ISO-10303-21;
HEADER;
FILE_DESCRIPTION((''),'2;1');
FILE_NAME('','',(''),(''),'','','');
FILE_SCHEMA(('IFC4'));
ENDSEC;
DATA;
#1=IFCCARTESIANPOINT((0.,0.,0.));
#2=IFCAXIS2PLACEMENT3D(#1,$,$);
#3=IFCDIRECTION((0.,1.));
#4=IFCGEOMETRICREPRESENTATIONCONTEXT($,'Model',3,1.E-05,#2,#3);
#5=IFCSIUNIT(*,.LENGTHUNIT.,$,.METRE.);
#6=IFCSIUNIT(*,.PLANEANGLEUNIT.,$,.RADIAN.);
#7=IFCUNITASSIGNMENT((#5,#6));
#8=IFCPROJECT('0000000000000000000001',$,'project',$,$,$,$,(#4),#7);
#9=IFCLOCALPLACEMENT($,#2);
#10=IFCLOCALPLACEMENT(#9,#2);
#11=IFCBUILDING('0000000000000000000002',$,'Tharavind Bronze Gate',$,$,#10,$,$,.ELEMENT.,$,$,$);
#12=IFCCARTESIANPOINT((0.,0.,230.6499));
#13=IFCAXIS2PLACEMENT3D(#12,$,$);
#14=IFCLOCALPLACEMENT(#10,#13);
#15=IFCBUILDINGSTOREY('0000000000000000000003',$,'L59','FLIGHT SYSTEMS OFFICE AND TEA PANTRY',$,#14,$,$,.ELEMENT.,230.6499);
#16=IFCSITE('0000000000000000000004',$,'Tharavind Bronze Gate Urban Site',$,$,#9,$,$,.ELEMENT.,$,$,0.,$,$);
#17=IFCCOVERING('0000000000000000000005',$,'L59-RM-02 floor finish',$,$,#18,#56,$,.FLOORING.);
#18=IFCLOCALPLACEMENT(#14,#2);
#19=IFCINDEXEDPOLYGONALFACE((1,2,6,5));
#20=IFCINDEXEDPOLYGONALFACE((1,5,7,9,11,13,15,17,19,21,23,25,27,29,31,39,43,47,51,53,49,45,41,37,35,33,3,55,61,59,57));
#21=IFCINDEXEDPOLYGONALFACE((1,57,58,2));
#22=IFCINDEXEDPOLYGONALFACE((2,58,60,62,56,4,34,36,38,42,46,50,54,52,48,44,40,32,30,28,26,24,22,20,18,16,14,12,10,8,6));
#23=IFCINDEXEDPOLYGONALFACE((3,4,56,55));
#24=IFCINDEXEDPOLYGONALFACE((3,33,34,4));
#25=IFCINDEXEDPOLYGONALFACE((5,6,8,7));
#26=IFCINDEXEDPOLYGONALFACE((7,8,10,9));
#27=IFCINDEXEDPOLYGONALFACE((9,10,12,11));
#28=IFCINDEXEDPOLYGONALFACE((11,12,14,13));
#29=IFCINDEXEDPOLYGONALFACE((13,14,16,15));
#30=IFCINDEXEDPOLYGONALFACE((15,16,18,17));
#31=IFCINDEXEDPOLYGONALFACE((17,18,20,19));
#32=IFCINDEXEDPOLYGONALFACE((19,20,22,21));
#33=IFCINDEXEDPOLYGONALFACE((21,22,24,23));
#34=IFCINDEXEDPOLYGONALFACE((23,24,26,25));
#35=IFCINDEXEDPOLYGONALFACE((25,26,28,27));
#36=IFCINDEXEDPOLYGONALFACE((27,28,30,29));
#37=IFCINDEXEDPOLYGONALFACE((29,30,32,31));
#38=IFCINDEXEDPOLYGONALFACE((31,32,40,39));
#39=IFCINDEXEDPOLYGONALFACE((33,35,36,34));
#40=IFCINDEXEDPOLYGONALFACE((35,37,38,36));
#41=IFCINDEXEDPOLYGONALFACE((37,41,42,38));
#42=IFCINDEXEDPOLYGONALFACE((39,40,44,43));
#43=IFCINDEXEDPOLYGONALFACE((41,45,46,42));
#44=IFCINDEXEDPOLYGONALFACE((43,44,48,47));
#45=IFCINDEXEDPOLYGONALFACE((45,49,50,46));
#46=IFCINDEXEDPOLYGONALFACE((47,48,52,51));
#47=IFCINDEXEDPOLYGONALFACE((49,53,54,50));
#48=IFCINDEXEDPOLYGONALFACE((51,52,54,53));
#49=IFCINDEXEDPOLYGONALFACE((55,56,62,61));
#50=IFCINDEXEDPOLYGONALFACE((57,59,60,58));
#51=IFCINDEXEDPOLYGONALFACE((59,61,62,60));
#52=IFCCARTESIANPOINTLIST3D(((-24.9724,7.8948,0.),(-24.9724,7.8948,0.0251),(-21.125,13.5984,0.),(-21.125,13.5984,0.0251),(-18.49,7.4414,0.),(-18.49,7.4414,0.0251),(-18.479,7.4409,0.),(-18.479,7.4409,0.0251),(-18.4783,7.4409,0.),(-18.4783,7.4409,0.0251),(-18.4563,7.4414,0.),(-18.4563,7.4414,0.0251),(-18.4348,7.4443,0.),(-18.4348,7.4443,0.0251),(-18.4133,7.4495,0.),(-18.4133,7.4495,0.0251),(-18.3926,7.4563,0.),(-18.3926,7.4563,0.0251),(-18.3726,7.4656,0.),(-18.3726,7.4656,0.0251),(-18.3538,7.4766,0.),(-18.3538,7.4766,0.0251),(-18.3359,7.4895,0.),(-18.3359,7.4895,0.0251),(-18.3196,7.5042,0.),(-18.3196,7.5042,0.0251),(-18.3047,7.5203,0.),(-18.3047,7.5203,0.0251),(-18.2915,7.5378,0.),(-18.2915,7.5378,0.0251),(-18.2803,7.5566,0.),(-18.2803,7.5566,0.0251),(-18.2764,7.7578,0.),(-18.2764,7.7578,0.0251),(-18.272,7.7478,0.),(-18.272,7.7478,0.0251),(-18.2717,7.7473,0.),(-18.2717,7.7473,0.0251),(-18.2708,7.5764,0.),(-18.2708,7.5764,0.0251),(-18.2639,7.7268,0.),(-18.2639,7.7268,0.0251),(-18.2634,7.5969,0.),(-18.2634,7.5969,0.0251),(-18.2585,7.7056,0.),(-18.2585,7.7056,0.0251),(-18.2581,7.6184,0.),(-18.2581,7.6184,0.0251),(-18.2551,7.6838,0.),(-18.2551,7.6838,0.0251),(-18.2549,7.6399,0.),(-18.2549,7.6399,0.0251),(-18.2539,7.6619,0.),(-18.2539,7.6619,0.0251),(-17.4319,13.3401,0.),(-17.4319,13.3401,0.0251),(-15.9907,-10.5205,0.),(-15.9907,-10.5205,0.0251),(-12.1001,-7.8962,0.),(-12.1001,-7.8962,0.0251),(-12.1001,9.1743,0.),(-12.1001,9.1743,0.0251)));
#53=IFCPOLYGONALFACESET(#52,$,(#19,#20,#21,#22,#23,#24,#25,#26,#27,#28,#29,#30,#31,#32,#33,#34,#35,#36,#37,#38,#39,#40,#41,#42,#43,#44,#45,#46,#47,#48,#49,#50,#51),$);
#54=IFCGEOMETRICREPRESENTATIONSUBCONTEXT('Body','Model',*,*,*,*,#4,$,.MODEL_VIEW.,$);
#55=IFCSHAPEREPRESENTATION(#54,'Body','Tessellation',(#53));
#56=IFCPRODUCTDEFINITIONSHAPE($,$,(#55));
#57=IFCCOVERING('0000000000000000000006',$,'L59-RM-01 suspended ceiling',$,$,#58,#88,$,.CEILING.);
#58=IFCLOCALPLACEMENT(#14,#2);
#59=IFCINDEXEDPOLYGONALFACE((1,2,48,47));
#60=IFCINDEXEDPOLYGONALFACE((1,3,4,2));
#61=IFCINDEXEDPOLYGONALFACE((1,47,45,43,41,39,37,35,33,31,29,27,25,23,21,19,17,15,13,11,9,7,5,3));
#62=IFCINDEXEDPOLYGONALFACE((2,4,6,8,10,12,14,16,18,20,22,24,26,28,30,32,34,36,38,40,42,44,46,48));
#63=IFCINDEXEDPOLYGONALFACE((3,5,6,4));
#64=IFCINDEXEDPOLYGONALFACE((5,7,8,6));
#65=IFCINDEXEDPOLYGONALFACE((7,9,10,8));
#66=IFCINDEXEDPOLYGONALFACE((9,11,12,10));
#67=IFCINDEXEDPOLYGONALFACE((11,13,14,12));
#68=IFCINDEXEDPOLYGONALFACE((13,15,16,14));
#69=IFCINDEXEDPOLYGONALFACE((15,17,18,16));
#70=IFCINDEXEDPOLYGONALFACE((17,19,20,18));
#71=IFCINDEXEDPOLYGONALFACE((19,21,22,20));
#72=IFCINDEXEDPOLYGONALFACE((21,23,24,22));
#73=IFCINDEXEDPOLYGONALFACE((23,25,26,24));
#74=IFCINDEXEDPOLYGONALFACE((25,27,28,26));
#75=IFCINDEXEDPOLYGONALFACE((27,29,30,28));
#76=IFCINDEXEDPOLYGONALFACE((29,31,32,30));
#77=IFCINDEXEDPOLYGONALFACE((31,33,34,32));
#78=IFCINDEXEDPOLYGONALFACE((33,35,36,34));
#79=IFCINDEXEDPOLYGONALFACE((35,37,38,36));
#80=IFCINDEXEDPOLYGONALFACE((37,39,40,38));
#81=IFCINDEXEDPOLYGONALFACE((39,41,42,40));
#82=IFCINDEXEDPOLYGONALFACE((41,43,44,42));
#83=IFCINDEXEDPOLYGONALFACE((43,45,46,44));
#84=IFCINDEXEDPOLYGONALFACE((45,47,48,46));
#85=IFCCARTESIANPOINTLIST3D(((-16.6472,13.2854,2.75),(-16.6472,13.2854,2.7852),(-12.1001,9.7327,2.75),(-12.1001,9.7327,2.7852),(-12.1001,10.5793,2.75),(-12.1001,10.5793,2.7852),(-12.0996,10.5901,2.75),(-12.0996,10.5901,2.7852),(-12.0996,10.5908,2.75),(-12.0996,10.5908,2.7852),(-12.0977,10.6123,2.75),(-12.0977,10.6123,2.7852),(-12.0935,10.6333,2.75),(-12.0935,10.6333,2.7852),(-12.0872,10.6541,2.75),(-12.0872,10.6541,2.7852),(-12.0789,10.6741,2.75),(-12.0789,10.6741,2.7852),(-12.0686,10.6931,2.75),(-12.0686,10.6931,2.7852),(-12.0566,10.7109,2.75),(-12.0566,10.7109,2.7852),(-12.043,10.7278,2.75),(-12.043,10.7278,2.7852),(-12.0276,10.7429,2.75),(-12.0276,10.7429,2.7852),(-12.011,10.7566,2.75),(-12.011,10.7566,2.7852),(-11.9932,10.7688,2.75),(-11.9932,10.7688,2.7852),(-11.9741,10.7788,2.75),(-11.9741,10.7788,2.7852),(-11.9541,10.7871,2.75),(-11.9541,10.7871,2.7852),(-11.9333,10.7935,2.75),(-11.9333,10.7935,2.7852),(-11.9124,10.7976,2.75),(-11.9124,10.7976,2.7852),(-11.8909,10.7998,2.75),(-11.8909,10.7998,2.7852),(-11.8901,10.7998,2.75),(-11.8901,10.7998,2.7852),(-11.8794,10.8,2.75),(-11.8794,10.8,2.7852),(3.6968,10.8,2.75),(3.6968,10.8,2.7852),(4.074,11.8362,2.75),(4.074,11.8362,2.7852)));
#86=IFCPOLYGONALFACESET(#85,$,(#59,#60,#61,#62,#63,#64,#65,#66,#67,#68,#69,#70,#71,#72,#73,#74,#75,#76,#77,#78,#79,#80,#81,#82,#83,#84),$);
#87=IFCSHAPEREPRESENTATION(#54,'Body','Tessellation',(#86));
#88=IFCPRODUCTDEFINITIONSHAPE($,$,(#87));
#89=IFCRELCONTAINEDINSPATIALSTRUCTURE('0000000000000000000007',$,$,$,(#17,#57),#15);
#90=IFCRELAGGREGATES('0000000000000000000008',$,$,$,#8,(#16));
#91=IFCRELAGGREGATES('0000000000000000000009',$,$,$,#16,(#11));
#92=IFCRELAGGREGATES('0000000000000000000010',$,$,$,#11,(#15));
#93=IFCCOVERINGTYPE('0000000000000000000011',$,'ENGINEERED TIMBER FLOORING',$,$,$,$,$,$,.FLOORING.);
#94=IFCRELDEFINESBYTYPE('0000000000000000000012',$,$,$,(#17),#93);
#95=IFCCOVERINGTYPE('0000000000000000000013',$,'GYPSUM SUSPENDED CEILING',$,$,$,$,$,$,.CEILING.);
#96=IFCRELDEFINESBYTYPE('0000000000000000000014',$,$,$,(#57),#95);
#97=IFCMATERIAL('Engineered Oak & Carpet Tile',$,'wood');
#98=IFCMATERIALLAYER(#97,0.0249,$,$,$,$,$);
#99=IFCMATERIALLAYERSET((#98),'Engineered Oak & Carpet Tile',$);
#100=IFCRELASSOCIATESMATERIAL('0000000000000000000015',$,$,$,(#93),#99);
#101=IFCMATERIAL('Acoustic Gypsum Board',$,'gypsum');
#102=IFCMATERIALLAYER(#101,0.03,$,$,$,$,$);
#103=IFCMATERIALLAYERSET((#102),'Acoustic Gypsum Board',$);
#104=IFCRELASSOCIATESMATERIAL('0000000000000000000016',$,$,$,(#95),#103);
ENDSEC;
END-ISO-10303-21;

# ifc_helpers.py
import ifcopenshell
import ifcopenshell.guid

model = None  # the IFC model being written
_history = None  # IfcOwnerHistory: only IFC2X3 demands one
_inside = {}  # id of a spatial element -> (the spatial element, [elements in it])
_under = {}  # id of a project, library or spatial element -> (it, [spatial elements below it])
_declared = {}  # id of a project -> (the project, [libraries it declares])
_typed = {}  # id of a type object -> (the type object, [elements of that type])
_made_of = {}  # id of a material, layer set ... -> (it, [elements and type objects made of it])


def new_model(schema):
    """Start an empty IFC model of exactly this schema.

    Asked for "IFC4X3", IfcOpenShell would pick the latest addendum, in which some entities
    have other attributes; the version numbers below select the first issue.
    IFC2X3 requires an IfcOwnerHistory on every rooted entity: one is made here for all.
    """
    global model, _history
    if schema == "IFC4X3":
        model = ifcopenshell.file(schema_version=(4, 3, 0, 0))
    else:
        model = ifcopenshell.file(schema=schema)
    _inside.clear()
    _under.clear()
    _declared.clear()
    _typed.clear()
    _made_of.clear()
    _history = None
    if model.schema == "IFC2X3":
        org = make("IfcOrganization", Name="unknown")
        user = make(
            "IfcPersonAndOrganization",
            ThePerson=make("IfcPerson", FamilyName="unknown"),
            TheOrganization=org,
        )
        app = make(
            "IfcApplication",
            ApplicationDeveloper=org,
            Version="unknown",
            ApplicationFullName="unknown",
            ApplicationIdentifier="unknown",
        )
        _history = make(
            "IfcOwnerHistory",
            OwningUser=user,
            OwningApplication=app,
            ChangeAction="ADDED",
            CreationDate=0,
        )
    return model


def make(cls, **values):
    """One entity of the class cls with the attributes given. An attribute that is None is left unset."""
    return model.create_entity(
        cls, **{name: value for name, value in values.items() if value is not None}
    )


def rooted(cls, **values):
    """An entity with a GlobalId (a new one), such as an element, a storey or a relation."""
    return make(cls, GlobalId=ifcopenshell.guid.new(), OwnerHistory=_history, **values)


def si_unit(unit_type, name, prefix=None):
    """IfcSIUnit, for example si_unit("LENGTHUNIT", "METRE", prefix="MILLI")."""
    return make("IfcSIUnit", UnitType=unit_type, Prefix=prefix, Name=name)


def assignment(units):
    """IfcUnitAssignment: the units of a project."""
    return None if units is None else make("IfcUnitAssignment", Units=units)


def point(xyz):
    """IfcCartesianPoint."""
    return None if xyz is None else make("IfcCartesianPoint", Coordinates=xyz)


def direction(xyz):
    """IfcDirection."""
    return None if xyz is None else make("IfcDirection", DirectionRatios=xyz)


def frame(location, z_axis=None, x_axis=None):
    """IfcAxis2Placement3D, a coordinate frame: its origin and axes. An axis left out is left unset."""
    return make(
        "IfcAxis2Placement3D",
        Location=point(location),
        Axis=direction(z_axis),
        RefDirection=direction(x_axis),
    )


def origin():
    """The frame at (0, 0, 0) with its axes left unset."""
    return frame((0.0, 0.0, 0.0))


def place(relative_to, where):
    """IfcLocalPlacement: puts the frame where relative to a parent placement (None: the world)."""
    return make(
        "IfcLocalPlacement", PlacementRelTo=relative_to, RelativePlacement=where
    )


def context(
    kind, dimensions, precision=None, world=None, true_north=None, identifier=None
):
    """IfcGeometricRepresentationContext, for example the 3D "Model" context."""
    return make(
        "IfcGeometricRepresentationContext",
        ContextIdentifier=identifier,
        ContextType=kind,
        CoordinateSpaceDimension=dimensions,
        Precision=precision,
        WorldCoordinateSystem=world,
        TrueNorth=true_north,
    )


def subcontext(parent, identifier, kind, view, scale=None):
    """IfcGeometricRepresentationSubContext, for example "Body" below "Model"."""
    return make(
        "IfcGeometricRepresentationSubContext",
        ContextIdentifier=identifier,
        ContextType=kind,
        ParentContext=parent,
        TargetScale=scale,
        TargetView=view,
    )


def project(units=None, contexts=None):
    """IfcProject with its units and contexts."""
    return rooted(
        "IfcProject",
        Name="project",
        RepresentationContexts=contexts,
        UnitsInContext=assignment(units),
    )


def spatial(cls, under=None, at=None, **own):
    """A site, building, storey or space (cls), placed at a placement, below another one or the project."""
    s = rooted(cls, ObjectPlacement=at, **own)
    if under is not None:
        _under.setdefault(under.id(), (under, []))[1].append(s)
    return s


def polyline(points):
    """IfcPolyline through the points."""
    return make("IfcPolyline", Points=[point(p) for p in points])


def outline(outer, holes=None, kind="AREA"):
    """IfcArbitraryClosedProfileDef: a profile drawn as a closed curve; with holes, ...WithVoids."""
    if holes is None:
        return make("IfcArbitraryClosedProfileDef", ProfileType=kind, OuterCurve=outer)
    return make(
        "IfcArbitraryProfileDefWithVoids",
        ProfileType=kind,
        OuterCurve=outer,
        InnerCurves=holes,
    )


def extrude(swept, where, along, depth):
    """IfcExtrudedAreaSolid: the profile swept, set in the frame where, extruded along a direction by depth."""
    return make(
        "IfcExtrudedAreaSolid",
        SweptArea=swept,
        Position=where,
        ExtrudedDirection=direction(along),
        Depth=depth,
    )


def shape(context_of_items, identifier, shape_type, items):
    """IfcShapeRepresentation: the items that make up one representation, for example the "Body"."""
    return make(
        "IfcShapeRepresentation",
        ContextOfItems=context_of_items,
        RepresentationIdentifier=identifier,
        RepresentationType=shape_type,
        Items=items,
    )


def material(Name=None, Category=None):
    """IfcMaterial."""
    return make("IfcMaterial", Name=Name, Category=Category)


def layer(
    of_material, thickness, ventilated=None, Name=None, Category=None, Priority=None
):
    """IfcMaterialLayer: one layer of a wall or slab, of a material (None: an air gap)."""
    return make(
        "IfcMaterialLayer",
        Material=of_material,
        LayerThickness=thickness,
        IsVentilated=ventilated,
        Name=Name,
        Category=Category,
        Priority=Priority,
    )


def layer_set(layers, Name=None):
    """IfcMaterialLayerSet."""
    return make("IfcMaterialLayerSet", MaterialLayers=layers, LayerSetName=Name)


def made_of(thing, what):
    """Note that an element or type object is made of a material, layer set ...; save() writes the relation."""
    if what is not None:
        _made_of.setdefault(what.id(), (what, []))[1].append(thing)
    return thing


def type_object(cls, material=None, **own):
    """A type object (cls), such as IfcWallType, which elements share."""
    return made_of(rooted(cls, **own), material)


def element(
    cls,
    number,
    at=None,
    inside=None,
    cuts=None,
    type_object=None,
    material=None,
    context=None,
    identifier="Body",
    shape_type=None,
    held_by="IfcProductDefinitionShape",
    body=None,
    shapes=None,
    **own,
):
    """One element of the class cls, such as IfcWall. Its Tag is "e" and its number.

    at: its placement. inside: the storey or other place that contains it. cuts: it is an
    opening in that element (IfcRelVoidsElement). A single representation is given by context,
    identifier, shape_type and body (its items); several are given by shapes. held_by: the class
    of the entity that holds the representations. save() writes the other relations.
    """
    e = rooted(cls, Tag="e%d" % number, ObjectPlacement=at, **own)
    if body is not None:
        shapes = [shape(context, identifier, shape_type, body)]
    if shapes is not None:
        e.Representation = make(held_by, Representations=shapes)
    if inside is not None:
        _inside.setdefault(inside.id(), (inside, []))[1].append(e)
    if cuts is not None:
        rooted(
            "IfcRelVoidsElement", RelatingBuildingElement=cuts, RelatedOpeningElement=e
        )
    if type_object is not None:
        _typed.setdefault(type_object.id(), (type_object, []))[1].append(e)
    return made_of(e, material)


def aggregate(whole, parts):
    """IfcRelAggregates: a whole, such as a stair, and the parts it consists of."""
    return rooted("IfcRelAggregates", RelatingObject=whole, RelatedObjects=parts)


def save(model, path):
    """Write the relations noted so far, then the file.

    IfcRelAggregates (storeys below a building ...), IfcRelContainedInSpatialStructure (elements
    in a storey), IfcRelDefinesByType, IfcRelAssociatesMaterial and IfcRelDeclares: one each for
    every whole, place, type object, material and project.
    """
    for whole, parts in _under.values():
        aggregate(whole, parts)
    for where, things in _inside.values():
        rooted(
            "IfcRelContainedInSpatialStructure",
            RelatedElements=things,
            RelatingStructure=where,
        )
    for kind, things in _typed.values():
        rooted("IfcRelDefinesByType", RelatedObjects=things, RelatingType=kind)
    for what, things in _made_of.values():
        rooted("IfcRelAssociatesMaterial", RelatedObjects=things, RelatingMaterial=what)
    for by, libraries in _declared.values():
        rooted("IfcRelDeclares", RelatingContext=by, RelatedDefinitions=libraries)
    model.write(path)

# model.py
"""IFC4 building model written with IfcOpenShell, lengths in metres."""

from ifc_helpers import new_model, si_unit, direction, frame, origin, place, context, subcontext, project, spatial, polyline, outline, extrude, material, layer, layer_set, type_object, element, save


model = new_model("IFC4")

# Units and contexts
model_context = context("Model", 3, precision=1e-05, world=origin(), true_north=direction((0.0, 1.0)))
body_context = subcontext(model_context, "Body", "Model", "MODEL_VIEW")
ifc_project = project(units=[si_unit("LENGTHUNIT", "METRE"), si_unit("PLANEANGLEUNIT", "RADIAN")], contexts=[model_context])

# Site, building, storey
site_placement = place(None, origin())
site = spatial("IfcSite", under=ifc_project, at=site_placement, Name="Tharavind Bronze Gate Urban Site", CompositionType="ELEMENT", RefElevation=0.0)
building_placement = place(site_placement, origin())
building = spatial("IfcBuilding", under=site, at=building_placement, Name="Tharavind Bronze Gate", CompositionType="ELEMENT")
storey_placement = place(building_placement, frame((0.0, 0.0, 230.6499)))
storey = spatial("IfcBuildingStorey", under=building, at=storey_placement, Name="L59", Description="FLIGHT SYSTEMS OFFICE AND TEA PANTRY", CompositionType="ELEMENT", Elevation=230.6499)

# Coverings
ifc_material_1 = material(Name="Engineered Oak & Carpet Tile", Category="wood")
ifc_layer_1 = layer(ifc_material_1, 0.0249)
ifc_layer_set_1 = layer_set([ifc_layer_1], Name="Engineered Oak & Carpet Tile")
covering_type_1 = type_object("IfcCoveringType", Name="ENGINEERED TIMBER FLOORING", PredefinedType="FLOORING", material=ifc_layer_set_1)
covering_1_placement = place(storey_placement, origin())
element("IfcCovering", 1, at=covering_1_placement, inside=storey, type_object=covering_type_1, Name="L59-RM-02 floor finish", PredefinedType="FLOORING", context=body_context, shape_type="SweptSolid", body=[
    extrude(outline(polyline([(-15.9907, -10.5205), (-12.1001, -7.8962), (-12.1001, 9.1743), (-17.4319, 13.3401), (-21.125, 13.5984), (-18.2764, 7.7578), (-18.272, 7.7478), (-18.2717, 7.7473), (-18.2639, 7.7268), (-18.2585, 7.7056), (-18.2551, 7.6838), (-18.2539, 7.6619), (-18.2549, 7.6399), (-18.2581, 7.6184), (-18.2634, 7.5969), (-18.2708, 7.5764), (-18.2803, 7.5566), (-18.2915, 7.5378), (-18.3047, 7.5203), (-18.3196, 7.5042), (-18.3359, 7.4895), (-18.3538, 7.4766), (-18.3726, 7.4656), (-18.3926, 7.4563), (-18.4133, 7.4495), (-18.4348, 7.4443), (-18.4563, 7.4414), (-18.4783, 7.4409), (-18.479, 7.4409), (-18.49, 7.4414), (-24.9724, 7.8948), (-15.9907, -10.5205)])), origin(), (0.0, 0.0, 1.0), 0.0251),
])
ifc_material_2 = material(Name="Acoustic Gypsum Board", Category="gypsum")
ifc_layer_2 = layer(ifc_material_2, 0.03)
ifc_layer_set_2 = layer_set([ifc_layer_2], Name="Acoustic Gypsum Board")
covering_type_2 = type_object("IfcCoveringType", Name="GYPSUM SUSPENDED CEILING", PredefinedType="CEILING", material=ifc_layer_set_2)
covering_2_placement = place(storey_placement, frame((0.0, 0.0, 2.75)))
element("IfcCovering", 2, at=covering_2_placement, inside=storey, type_object=covering_type_2, Name="L59-RM-01 suspended ceiling", PredefinedType="CEILING", context=body_context, shape_type="SweptSolid", body=[
    extrude(outline(polyline([(-12.1001, 9.7327), (-12.1001, 10.5793), (-12.0996, 10.5901), (-12.0996, 10.5908), (-12.0977, 10.6123), (-12.0935, 10.6333), (-12.0872, 10.6541), (-12.0789, 10.6741), (-12.0686, 10.6931), (-12.0566, 10.7109), (-12.043, 10.7278), (-12.0276, 10.7429), (-12.011, 10.7566), (-11.9932, 10.7688), (-11.9741, 10.7788), (-11.9541, 10.7871), (-11.9333, 10.7935), (-11.9124, 10.7976), (-11.8909, 10.7998), (-11.8901, 10.7998), (-11.8794, 10.8), (3.6968, 10.8), (4.074, 11.8362), (-16.6472, 13.2854), (-12.1001, 9.7327)])), origin(), (0.0, 0.0, 1.0), 0.0352),
])

save(model, "model.ifc")
